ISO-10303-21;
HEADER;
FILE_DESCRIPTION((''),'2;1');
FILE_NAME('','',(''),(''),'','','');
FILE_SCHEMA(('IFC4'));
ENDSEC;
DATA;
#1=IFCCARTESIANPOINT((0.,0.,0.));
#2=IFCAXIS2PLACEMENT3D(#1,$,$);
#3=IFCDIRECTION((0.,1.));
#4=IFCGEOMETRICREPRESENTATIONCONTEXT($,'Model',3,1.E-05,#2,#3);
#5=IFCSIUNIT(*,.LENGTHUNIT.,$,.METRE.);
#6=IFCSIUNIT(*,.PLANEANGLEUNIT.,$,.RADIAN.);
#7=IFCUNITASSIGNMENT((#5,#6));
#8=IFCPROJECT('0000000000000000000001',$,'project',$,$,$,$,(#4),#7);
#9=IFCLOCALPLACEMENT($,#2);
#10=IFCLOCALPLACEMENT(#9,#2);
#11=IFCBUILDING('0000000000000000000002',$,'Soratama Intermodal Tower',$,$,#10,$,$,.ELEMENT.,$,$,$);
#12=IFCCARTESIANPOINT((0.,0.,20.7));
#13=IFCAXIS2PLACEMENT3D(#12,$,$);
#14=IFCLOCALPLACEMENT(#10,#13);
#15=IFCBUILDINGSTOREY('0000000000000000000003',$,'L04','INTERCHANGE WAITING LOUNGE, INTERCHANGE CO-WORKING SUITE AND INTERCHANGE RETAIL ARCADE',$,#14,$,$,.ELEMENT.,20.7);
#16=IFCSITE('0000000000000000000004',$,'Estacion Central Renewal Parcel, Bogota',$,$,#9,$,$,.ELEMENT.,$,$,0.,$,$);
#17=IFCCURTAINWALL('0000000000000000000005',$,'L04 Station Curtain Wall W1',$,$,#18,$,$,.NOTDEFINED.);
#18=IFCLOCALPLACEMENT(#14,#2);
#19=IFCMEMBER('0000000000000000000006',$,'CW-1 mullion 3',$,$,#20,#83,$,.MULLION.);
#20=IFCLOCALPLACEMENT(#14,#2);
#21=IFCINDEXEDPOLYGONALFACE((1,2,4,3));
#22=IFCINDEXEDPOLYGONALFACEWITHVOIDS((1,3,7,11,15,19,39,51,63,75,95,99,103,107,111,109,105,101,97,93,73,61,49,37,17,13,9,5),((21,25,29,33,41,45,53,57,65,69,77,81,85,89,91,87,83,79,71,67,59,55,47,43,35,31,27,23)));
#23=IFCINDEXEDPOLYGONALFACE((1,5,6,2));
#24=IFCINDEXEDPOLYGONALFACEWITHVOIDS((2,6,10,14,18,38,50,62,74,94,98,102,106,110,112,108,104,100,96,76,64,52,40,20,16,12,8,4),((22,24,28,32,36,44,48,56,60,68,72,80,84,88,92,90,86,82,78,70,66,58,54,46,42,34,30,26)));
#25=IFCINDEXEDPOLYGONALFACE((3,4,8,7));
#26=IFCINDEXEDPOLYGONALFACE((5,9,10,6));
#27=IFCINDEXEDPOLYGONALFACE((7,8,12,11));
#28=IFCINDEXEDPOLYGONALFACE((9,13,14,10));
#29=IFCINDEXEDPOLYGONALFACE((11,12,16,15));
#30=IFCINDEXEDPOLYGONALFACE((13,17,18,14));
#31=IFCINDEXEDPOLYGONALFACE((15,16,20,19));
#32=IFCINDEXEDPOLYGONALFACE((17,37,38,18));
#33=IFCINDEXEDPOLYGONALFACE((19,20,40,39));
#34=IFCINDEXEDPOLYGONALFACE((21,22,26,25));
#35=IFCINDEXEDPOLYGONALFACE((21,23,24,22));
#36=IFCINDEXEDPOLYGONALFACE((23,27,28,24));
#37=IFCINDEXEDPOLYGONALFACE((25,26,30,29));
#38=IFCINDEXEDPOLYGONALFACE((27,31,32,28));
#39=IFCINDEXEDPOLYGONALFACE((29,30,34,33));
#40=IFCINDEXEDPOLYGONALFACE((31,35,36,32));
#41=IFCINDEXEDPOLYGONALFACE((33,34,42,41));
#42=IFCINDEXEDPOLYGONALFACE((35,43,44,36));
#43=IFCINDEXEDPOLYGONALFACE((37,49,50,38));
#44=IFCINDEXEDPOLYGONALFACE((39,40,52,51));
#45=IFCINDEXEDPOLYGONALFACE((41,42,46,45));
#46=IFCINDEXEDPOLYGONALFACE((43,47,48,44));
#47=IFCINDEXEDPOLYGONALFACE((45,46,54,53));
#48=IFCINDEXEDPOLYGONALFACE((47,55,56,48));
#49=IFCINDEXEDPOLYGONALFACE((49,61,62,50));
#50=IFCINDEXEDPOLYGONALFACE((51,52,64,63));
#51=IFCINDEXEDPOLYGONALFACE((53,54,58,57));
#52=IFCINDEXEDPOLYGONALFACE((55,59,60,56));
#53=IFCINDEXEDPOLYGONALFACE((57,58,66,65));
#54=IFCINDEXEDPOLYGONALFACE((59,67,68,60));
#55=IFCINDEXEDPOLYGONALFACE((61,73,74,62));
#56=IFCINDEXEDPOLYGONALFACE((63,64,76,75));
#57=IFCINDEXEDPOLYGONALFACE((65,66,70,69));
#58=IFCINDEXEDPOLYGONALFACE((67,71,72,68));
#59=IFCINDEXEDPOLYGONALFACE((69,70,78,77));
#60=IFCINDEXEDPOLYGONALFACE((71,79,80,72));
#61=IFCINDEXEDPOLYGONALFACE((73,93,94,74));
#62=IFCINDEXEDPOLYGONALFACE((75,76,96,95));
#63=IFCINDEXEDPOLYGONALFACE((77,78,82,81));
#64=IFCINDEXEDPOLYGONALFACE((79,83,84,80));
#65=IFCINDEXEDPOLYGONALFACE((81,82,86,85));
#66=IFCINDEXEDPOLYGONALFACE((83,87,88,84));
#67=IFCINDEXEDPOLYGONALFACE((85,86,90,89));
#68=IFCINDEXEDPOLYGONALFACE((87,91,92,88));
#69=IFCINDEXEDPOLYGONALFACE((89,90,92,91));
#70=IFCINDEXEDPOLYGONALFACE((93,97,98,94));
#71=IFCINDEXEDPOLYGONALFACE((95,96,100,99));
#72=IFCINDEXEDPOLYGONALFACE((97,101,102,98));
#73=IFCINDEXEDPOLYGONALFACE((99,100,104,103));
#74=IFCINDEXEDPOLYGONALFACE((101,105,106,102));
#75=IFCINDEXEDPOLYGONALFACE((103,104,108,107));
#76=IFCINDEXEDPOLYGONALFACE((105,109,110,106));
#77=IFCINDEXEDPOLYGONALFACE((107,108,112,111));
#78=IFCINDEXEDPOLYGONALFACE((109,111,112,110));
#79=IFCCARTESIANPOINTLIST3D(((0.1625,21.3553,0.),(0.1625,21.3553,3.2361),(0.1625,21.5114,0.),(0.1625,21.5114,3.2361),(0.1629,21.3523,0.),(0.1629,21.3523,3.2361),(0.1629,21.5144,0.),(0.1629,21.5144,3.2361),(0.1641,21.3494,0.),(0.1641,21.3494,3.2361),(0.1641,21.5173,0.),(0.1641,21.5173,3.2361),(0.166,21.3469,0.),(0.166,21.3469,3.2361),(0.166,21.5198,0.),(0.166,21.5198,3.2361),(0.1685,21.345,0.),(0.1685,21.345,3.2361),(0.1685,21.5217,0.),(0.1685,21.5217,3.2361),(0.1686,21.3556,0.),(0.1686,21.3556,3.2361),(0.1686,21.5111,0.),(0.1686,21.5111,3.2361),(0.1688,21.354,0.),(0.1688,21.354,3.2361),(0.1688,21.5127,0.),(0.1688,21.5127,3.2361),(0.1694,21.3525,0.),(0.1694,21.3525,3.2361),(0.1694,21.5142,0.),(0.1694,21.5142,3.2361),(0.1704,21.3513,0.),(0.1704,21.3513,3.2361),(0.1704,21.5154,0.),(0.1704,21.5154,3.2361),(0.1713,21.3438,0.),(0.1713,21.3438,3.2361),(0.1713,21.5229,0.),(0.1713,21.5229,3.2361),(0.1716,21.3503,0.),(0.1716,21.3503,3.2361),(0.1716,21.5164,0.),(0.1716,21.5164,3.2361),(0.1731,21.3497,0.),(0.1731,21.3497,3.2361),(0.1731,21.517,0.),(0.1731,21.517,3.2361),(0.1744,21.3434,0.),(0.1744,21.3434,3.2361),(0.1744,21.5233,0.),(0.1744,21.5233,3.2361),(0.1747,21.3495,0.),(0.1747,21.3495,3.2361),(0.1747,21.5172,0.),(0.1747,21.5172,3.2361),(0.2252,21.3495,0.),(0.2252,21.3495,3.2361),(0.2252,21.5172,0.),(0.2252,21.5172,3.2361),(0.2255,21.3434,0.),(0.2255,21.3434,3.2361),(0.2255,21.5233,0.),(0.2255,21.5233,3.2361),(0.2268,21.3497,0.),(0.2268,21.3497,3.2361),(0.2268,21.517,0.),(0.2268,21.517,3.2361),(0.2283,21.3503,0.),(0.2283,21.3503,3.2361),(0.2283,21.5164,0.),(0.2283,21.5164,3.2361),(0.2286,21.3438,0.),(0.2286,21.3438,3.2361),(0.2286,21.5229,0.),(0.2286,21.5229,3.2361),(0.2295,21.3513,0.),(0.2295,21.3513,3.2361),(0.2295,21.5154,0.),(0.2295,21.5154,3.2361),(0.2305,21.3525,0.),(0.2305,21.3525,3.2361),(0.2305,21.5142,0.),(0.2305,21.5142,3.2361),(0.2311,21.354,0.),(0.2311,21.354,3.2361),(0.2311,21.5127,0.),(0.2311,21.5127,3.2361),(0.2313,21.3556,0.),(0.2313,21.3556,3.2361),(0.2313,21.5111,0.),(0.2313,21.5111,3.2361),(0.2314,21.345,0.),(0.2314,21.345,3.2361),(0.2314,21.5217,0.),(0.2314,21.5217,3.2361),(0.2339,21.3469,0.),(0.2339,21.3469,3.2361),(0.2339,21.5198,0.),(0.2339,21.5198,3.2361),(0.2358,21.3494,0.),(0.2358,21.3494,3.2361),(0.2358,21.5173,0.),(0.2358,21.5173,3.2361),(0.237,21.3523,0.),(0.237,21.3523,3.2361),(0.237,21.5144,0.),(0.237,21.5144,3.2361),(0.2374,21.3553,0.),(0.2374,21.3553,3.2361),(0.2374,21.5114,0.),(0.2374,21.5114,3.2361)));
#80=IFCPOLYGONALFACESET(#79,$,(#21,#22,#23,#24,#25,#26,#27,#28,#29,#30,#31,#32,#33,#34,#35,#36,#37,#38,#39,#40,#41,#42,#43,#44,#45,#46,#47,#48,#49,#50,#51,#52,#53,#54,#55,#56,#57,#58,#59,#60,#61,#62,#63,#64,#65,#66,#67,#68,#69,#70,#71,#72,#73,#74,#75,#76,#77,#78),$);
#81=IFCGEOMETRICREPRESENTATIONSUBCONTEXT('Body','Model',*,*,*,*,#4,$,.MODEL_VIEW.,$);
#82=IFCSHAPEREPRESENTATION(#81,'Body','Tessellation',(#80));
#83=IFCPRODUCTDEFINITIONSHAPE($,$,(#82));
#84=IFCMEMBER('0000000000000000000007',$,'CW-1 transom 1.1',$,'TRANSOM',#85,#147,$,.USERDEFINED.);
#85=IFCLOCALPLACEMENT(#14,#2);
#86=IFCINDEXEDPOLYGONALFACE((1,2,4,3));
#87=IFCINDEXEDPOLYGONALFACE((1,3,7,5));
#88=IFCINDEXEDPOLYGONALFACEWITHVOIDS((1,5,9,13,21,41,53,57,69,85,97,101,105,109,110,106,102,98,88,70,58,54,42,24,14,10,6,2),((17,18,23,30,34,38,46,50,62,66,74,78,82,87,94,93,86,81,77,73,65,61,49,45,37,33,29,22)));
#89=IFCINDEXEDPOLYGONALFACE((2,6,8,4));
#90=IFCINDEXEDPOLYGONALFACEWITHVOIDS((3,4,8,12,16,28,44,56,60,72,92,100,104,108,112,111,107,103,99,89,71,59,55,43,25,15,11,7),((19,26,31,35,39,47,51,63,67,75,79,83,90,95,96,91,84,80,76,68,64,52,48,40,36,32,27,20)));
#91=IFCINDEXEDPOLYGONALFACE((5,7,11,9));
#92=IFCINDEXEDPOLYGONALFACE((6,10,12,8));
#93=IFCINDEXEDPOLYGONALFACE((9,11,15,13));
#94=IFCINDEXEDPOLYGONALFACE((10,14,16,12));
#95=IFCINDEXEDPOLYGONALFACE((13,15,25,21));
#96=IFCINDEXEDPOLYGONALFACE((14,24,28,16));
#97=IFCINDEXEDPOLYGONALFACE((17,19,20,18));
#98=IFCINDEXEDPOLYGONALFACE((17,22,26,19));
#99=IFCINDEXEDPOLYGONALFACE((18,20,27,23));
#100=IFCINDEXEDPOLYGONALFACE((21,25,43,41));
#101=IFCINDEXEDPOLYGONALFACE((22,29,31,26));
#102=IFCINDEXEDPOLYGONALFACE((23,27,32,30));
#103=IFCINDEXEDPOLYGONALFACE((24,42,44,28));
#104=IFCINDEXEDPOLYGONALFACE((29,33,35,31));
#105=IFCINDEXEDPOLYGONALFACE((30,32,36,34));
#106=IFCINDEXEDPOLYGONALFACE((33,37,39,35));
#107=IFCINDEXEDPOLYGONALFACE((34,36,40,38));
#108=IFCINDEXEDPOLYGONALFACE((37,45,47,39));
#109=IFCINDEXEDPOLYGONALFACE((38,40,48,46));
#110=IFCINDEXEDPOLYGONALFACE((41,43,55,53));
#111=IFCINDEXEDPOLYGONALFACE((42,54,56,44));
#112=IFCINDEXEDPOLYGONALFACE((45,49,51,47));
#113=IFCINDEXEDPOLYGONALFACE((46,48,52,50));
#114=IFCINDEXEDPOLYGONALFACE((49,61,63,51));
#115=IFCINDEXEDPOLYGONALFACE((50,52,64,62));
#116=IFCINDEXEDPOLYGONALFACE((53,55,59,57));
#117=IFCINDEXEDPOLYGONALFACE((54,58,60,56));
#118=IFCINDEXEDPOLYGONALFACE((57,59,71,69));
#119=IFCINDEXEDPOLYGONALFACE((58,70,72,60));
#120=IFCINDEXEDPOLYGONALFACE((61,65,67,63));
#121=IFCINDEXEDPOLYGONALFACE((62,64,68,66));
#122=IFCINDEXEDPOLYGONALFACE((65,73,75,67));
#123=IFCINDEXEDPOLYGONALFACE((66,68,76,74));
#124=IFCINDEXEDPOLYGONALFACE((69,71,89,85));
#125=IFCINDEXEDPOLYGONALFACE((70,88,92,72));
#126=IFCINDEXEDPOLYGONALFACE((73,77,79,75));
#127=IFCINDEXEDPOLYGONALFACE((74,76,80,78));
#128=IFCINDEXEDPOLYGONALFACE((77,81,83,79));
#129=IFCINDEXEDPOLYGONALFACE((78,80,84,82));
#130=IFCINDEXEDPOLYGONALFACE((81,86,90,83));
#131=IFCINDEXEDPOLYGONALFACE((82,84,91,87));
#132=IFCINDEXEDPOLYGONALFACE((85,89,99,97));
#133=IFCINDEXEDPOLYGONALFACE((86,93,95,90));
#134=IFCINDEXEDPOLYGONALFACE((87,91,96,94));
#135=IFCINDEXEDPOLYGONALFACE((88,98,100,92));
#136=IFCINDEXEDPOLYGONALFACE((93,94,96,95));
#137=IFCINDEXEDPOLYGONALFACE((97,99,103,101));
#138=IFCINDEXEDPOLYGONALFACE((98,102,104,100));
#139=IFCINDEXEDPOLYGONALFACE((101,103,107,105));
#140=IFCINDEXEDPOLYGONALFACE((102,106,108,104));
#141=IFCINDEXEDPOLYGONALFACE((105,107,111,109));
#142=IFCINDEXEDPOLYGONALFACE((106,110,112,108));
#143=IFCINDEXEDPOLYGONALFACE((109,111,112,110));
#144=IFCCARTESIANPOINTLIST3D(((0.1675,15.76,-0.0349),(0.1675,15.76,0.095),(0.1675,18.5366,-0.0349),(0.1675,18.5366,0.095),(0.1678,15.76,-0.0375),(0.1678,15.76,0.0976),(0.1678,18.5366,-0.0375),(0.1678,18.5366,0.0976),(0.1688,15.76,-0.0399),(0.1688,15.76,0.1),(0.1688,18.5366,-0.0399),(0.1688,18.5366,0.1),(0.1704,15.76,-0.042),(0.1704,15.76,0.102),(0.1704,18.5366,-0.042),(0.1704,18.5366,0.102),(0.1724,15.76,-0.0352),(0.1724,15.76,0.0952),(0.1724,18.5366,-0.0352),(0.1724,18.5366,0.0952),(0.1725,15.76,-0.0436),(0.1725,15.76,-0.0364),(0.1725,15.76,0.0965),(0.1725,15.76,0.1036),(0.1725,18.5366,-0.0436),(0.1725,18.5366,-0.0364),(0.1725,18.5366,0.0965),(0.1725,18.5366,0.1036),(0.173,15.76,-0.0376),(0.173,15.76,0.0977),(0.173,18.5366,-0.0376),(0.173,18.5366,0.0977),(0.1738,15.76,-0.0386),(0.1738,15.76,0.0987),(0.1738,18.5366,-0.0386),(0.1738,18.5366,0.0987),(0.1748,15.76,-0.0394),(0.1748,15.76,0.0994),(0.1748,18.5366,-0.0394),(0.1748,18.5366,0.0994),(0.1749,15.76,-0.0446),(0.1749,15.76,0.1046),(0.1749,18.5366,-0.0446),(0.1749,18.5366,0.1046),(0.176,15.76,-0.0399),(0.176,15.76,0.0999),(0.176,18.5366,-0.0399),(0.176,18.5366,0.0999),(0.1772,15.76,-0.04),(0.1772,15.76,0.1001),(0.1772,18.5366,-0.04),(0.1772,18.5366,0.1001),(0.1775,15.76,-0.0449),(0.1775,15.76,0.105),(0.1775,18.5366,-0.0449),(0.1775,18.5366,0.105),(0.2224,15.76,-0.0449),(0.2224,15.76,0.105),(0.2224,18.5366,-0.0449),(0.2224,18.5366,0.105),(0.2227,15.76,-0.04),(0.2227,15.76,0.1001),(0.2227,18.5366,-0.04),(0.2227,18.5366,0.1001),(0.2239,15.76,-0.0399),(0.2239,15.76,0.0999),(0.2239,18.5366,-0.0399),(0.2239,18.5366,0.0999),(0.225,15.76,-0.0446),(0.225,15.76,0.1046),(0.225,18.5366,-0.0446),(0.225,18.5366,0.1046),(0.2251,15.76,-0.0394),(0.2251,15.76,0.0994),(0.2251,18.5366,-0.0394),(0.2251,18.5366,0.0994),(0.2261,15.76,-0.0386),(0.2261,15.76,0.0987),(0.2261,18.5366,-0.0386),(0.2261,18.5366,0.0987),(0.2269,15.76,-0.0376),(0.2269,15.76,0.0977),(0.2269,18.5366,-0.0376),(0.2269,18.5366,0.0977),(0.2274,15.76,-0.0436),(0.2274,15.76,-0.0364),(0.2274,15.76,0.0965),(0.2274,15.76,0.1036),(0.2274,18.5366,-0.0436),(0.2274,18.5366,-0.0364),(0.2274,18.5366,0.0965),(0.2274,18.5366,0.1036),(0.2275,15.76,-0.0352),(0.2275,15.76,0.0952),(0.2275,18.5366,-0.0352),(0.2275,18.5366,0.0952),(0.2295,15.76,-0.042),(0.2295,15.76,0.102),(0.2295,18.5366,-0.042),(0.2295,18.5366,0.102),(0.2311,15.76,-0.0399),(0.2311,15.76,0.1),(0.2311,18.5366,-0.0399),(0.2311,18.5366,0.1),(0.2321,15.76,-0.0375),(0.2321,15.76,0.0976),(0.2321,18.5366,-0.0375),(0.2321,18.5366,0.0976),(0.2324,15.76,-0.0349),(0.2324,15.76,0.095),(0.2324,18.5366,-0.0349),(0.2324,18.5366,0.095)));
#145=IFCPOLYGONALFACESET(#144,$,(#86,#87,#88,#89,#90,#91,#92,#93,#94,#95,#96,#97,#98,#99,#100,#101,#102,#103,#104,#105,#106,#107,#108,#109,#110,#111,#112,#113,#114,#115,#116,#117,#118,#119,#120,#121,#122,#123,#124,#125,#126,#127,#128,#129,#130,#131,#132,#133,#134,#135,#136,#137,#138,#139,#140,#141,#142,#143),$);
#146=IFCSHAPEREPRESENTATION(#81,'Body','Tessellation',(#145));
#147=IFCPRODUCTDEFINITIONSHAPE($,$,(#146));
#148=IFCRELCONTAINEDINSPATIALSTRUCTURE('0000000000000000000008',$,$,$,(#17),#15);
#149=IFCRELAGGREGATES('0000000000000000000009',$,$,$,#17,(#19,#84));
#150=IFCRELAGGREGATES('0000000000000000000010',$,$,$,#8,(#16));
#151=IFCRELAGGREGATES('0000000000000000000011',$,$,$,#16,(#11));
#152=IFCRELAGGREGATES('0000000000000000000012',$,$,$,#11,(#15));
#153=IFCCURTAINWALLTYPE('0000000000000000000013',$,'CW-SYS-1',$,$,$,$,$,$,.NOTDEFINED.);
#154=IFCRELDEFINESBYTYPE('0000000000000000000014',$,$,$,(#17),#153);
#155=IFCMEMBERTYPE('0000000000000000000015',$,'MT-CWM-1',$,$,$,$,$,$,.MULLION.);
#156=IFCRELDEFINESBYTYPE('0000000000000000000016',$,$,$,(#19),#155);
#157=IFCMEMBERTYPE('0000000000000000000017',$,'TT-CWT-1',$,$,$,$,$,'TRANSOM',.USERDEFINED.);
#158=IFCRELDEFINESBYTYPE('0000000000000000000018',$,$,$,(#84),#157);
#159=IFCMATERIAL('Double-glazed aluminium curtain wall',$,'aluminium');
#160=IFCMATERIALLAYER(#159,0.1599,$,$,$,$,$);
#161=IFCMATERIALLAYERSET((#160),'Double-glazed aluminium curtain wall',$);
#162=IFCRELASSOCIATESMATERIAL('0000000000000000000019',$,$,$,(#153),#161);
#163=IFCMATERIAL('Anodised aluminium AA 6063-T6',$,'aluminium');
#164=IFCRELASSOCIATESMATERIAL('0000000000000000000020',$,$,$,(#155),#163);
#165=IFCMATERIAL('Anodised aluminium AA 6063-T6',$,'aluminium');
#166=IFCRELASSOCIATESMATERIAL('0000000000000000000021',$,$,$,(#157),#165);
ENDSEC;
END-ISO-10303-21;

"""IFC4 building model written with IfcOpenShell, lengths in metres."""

from ifc_helpers import new_model, si_unit, direction, frame, origin, origin_2d, place, context, subcontext, project, spatial, hollow_rectangle, extrude, material, layer, layer_set, material_profile, profile_set, type_object, element, aggregate, save


model = new_model("IFC4")

# Units and contexts
model_context = context("Model", 3, precision=1e-05, world=origin(), true_north=direction((0.0, 1.0)))
body_context = subcontext(model_context, "Body", "Model", "MODEL_VIEW")
ifc_project = project(units=[si_unit("LENGTHUNIT", "METRE"), si_unit("PLANEANGLEUNIT", "RADIAN")], contexts=[model_context])

# Site, building, storey
site_placement = place(None, origin())
site = spatial("IfcSite", under=ifc_project, at=site_placement, Name="Estacion Central Renewal Parcel, Bogota", CompositionType="ELEMENT", RefElevation=0.0)
building_placement = place(site_placement, origin())
building = spatial("IfcBuilding", under=site, at=building_placement, Name="Soratama Intermodal Tower", CompositionType="ELEMENT")
storey_placement = place(building_placement, frame((0.0, 0.0, 20.7)))
storey = spatial("IfcBuildingStorey", under=building, at=storey_placement, Name="L04", Description="INTERCHANGE WAITING LOUNGE, INTERCHANGE CO-WORKING SUITE AND INTERCHANGE RETAIL ARCADE", CompositionType="ELEMENT", Elevation=20.7)

# Curtain wall, members
ifc_material_1 = material(Name="Double-glazed aluminium curtain wall", Category="aluminium")
ifc_layer_1 = layer(ifc_material_1, 0.1599)
ifc_layer_set_1 = layer_set([ifc_layer_1], Name="Double-glazed aluminium curtain wall")
curtain_wall_type = type_object("IfcCurtainWallType", Name="CW-SYS-1", PredefinedType="NOTDEFINED", material=ifc_layer_set_1)
curtain_wall_placement = place(storey_placement, origin())
curtain_wall = element("IfcCurtainWall", 1, at=curtain_wall_placement, inside=storey, type_object=curtain_wall_type, Name="L04 Station Curtain Wall W1", PredefinedType="NOTDEFINED")
ifc_material_2 = material(Name="Anodised aluminium AA 6063-T6", Category="aluminium")
ifc_material_profile_1 = material_profile(ifc_material_2, hollow_rectangle(XDim=0.075, YDim=0.1799, WallThickness=0.0061, InnerFilletRadius=0.0061, OuterFilletRadius=0.012, at=origin_2d()), Name="CWM180X75X6")
ifc_profile_set_1 = profile_set([ifc_material_profile_1], Name="Anodised aluminium AA 6063-T6")
member_type_1 = type_object("IfcMemberType", Name="MT-CWM-1", PredefinedType="MULLION", material=ifc_profile_set_1)
member_1_placement = place(storey_placement, frame((0.2, 21.4333, 0.0), z_axis=(0.0, 0.0, 1.0), x_axis=(-1.0, 0.0, 0.0)))
member_1 = element("IfcMember", 2, at=member_1_placement, type_object=member_type_1, Name="CW-1 mullion 3", PredefinedType="MULLION", context=body_context, shape_type="SweptSolid", body=[
    extrude(hollow_rectangle(XDim=0.075, YDim=0.1799, WallThickness=0.0061, InnerFilletRadius=0.0061, OuterFilletRadius=0.012, at=origin_2d()), origin(), (0.0, 0.0, 1.0), 3.2361),
])
ifc_material_3 = material(Name="Anodised aluminium AA 6063-T6", Category="aluminium")
ifc_material_profile_2 = material_profile(ifc_material_3, hollow_rectangle(XDim=0.0649, YDim=0.1499, WallThickness=0.0049, InnerFilletRadius=0.0049, OuterFilletRadius=0.01, at=origin_2d()), Name="CWT150X65X5")
ifc_profile_set_2 = profile_set([ifc_material_profile_2], Name="Anodised aluminium AA 6063-T6")
member_type_2 = type_object("IfcMemberType", Name="TT-CWT-1", ElementType="TRANSOM", PredefinedType="USERDEFINED", material=ifc_profile_set_2)
member_2_placement = place(storey_placement, frame((0.2, 15.76, 0.03), z_axis=(0.0, 1.0, 0.0), x_axis=(-1.0, 0.0, 0.0)))
member_2 = element("IfcMember", 3, at=member_2_placement, type_object=member_type_2, Name="CW-1 transom 1.1", ObjectType="TRANSOM", PredefinedType="USERDEFINED", context=body_context, shape_type="SweptSolid", body=[
    extrude(hollow_rectangle(XDim=0.0649, YDim=0.1499, WallThickness=0.0049, InnerFilletRadius=0.0049, OuterFilletRadius=0.01, at=origin_2d()), origin(), (0.0, 0.0, 1.0), 2.7766),
])
aggregate(curtain_wall, [member_1, member_2])

save(model, "model.ifc")
